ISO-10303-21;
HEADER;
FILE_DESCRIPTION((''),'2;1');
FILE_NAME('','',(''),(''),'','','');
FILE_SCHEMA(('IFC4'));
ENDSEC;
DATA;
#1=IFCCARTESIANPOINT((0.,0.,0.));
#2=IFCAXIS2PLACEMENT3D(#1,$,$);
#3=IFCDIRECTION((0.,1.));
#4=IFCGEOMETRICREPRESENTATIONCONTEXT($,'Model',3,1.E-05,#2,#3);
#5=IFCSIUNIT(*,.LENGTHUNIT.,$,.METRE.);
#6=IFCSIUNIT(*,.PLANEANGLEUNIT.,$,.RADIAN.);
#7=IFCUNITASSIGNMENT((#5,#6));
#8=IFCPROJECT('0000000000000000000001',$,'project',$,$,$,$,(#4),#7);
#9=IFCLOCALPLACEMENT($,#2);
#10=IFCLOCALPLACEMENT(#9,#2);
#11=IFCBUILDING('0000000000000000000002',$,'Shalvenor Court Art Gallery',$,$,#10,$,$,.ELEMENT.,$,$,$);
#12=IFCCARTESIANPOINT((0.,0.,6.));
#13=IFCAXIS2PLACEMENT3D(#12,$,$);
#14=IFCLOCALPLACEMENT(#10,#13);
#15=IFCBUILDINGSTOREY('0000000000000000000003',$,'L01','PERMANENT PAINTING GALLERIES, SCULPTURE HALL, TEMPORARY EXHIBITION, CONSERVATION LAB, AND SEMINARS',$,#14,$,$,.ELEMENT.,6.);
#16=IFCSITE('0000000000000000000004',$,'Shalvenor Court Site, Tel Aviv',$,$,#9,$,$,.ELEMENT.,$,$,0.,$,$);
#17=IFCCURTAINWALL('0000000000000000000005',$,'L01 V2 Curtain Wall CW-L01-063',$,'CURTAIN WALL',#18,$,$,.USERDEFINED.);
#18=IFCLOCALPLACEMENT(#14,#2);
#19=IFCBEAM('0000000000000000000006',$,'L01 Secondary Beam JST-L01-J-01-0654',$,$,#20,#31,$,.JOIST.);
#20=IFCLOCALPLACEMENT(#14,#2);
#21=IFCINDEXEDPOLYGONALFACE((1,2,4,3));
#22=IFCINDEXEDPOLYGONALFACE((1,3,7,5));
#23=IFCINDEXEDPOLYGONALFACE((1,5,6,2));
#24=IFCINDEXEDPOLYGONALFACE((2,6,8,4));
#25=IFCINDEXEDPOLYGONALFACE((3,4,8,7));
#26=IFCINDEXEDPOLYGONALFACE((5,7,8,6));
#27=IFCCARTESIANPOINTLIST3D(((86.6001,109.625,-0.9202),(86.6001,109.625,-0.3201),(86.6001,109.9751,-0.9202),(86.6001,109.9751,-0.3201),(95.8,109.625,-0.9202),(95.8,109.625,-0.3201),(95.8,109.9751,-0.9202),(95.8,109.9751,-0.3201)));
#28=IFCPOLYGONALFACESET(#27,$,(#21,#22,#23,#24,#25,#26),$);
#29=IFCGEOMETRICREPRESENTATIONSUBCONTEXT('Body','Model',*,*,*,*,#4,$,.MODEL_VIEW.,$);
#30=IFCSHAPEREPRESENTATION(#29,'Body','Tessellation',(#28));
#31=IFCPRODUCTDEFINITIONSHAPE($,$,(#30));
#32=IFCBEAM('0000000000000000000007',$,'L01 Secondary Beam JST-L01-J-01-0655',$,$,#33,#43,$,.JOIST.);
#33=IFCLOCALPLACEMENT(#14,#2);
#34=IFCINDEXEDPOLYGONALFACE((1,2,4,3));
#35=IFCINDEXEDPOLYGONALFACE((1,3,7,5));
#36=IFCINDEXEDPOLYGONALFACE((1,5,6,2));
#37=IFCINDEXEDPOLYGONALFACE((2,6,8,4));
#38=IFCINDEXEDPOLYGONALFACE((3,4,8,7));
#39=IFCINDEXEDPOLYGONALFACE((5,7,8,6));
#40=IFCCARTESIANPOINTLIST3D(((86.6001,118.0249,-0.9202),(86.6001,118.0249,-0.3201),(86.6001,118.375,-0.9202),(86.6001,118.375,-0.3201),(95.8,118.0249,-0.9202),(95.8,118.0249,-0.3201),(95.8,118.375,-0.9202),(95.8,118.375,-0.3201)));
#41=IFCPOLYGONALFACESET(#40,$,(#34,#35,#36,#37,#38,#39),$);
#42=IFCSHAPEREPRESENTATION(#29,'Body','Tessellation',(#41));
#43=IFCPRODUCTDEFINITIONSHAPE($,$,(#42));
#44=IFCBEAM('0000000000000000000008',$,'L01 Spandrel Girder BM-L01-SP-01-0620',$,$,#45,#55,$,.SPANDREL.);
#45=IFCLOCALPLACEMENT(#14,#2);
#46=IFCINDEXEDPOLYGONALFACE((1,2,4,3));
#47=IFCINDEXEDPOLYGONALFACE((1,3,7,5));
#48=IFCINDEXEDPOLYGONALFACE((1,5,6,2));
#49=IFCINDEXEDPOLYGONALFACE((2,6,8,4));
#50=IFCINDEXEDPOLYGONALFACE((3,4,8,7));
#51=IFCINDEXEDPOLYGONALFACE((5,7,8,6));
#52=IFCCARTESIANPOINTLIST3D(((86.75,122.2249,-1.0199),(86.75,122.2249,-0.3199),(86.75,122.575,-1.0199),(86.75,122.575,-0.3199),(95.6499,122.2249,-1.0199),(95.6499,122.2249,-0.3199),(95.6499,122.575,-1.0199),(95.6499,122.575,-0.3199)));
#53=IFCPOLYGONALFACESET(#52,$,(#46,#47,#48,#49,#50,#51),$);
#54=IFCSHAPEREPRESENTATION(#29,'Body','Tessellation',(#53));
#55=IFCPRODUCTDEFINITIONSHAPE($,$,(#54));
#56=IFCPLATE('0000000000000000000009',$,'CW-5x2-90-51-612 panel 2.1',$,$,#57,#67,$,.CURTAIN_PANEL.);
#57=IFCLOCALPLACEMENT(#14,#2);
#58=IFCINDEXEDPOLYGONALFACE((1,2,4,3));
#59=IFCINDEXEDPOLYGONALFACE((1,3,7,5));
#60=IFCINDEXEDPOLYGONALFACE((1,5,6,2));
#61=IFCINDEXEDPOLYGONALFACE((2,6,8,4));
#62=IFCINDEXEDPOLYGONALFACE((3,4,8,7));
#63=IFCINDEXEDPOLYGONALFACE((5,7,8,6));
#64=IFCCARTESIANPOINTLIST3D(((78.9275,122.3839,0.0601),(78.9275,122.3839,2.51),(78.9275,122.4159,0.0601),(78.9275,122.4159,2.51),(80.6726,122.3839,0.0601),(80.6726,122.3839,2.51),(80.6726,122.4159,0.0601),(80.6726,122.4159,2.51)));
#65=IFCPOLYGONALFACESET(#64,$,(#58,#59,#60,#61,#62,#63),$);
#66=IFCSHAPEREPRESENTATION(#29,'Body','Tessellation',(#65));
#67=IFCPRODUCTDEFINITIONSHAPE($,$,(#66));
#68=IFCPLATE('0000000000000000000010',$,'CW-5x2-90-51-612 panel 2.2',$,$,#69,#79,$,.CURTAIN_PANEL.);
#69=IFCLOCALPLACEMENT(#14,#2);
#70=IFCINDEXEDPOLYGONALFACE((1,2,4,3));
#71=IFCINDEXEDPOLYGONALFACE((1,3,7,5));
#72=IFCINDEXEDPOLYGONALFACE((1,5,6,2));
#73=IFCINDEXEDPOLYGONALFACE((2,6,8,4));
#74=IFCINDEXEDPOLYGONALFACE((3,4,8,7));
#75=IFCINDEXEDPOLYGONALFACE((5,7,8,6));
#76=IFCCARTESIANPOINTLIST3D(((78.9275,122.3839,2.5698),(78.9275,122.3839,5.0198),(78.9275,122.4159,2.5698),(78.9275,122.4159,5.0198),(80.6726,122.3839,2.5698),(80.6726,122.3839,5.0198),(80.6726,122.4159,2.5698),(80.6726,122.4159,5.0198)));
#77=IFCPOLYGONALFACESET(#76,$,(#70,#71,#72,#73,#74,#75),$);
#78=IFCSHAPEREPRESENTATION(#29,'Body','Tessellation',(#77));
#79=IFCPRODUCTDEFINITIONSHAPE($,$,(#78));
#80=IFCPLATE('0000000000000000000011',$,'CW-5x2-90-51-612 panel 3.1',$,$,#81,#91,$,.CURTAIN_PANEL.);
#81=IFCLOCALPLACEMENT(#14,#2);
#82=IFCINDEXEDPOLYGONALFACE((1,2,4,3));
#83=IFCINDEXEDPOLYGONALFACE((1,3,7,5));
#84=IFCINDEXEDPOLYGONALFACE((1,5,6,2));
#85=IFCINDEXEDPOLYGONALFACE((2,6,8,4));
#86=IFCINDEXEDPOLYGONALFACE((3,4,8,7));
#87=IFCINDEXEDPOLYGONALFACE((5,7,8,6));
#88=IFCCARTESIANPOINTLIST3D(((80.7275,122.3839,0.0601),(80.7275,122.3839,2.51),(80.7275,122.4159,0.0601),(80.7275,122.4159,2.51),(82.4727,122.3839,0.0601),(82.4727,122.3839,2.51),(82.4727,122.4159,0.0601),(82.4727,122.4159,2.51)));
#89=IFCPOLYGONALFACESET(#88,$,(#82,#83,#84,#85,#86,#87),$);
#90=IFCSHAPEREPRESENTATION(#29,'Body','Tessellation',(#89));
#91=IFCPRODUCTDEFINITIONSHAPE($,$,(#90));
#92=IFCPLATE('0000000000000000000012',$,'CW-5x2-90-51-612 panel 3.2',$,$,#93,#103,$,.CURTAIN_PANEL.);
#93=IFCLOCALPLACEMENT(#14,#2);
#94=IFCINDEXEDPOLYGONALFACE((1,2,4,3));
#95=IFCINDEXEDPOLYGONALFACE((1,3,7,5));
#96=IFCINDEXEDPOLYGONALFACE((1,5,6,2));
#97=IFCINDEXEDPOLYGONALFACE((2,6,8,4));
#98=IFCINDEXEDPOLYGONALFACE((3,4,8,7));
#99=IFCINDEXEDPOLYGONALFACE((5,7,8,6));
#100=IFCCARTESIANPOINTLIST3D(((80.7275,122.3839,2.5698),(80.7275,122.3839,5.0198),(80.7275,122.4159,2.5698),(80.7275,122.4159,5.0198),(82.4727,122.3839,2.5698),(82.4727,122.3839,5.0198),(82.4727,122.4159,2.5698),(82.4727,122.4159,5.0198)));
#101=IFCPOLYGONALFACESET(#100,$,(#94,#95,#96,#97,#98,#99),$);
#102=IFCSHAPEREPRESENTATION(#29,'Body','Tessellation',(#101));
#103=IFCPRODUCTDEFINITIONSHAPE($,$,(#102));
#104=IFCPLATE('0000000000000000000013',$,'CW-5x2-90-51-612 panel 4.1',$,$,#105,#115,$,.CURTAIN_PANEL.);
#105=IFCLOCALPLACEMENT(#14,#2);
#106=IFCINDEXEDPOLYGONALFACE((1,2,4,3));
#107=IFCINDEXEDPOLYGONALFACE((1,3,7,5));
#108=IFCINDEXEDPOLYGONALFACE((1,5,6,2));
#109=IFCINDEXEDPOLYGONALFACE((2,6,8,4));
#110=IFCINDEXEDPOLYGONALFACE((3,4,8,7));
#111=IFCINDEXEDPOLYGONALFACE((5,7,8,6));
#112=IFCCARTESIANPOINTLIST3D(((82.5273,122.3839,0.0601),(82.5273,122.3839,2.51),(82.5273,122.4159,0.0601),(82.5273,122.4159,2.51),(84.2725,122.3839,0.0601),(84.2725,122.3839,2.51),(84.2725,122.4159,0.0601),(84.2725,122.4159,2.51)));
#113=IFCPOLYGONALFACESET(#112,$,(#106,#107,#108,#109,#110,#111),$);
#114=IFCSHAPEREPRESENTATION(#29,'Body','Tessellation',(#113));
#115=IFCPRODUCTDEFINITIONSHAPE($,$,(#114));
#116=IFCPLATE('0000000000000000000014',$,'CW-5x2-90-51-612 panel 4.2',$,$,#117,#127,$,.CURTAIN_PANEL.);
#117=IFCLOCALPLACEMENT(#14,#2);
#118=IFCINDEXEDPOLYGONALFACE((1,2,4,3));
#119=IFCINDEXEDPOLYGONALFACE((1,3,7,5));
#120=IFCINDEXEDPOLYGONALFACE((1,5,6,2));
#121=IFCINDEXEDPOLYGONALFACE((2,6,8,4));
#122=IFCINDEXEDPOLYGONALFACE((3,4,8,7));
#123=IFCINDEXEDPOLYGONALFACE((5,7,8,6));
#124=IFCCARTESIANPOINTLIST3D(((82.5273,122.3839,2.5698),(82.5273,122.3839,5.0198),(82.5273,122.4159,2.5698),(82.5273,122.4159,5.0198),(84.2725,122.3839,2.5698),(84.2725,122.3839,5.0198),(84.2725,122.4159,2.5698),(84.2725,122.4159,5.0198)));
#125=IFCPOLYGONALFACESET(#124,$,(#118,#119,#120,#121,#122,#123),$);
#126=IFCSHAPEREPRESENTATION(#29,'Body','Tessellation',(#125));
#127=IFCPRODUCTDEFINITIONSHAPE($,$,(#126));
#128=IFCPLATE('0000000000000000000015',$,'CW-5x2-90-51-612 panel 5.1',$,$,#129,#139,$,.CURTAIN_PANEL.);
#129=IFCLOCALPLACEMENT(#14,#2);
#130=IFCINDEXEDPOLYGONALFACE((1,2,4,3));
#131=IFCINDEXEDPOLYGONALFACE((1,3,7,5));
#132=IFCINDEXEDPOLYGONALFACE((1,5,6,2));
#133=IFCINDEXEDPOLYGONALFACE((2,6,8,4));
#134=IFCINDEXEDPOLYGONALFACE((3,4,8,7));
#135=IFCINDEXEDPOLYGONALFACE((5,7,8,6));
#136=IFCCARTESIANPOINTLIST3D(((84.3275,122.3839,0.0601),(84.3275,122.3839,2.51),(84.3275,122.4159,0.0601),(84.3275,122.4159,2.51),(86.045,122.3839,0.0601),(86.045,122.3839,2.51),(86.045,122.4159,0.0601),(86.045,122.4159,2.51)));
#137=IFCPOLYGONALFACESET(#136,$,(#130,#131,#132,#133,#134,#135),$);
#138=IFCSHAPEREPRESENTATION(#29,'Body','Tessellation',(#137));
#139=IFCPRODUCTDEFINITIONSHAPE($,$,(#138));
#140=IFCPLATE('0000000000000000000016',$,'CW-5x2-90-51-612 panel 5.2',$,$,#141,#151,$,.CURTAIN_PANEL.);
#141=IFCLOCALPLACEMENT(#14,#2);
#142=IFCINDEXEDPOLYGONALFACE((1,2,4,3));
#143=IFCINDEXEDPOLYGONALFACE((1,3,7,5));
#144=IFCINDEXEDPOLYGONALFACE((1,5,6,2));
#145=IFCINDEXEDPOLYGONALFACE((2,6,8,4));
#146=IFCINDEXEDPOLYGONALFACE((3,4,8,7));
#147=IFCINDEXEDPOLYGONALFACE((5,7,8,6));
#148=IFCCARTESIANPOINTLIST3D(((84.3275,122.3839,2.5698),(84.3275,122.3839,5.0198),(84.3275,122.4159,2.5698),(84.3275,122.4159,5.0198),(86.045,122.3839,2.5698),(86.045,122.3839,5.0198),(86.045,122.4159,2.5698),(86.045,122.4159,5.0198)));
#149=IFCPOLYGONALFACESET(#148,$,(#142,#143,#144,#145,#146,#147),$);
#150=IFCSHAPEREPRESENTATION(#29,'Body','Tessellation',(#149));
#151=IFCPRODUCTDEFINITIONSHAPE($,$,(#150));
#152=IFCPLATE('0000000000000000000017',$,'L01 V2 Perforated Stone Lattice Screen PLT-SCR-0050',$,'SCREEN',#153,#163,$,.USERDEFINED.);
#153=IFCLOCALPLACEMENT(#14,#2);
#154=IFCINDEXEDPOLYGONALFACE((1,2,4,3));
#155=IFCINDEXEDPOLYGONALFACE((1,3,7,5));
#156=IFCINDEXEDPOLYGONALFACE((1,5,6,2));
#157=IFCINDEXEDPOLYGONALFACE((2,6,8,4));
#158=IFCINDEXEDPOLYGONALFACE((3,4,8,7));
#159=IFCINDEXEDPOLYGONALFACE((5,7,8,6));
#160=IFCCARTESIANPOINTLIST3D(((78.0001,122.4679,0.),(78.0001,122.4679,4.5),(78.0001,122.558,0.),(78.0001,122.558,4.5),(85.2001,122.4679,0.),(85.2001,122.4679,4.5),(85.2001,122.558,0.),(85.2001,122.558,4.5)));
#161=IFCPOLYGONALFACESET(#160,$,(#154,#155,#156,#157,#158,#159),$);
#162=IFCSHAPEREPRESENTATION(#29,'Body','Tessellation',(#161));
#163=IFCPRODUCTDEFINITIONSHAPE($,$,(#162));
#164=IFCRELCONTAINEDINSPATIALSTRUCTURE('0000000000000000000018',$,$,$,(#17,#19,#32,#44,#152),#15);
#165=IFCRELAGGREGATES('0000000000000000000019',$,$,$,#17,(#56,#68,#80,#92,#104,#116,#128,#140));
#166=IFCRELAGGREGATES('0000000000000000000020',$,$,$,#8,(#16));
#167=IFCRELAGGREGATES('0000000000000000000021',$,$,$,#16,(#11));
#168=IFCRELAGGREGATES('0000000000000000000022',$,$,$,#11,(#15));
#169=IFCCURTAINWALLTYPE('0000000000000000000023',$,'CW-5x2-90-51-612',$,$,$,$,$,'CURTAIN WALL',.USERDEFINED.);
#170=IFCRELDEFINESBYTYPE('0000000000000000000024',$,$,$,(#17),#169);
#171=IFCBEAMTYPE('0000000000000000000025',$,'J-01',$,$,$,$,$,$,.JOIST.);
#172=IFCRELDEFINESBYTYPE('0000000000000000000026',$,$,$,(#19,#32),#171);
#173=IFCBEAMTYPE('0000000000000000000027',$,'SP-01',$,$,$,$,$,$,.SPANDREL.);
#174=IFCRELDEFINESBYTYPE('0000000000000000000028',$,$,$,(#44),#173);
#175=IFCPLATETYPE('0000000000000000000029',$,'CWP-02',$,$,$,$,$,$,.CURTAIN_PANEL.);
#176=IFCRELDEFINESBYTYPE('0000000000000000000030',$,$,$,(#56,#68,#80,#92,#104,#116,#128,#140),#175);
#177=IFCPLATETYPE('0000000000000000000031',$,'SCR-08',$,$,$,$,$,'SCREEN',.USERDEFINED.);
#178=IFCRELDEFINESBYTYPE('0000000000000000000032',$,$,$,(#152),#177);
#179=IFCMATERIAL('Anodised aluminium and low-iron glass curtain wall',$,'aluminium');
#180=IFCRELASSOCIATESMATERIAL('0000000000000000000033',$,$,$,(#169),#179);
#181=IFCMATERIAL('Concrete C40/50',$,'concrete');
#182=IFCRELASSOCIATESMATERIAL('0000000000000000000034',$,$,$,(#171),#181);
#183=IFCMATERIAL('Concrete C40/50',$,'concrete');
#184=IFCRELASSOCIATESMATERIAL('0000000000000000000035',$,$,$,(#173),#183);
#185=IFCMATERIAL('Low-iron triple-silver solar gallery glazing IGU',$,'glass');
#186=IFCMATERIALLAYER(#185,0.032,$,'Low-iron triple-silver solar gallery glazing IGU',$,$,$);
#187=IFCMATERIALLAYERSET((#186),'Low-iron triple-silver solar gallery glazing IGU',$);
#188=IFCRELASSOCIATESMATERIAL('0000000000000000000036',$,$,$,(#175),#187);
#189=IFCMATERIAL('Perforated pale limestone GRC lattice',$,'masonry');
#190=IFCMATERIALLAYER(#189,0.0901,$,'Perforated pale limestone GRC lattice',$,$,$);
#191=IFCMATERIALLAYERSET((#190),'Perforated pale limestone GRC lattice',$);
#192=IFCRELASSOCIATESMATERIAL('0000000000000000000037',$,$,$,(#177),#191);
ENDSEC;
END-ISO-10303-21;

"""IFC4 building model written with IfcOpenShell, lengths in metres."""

from ifc_helpers import new_model, si_unit, direction, frame, origin, origin_2d, place, context, subcontext, project, spatial, rectangle, extrude, material, layer, layer_set, material_profile, profile_set, type_object, element, aggregate, save


model = new_model("IFC4")

# Units and contexts
model_context = context("Model", 3, precision=1e-05, world=origin(), true_north=direction((0.0, 1.0)))
body_context = subcontext(model_context, "Body", "Model", "MODEL_VIEW")
ifc_project = project(units=[si_unit("LENGTHUNIT", "METRE"), si_unit("PLANEANGLEUNIT", "RADIAN")], contexts=[model_context])

# Site, building, storey
site_placement = place(None, origin())
site = spatial("IfcSite", under=ifc_project, at=site_placement, Name="Shalvenor Court Site, Tel Aviv", CompositionType="ELEMENT", RefElevation=0.0)
building_placement = place(site_placement, origin())
building = spatial("IfcBuilding", under=site, at=building_placement, Name="Shalvenor Court Art Gallery", CompositionType="ELEMENT")
storey_placement = place(building_placement, frame((0.0, 0.0, 6.0)))
storey = spatial("IfcBuildingStorey", under=building, at=storey_placement, Name="L01", Description="PERMANENT PAINTING GALLERIES, SCULPTURE HALL, TEMPORARY EXHIBITION, CONSERVATION LAB, AND SEMINARS", CompositionType="ELEMENT", Elevation=6.0)

# Curtain wall
ifc_material_1 = material(Name="Anodised aluminium and low-iron glass curtain wall", Category="aluminium")
curtain_wall_type = type_object("IfcCurtainWallType", Name="CW-5x2-90-51-612", ElementType="CURTAIN WALL", PredefinedType="USERDEFINED", material=ifc_material_1)
curtain_wall_placement = place(storey_placement, origin())
curtain_wall = element("IfcCurtainWall", 1, at=curtain_wall_placement, inside=storey, type_object=curtain_wall_type, Name="L01 V2 Curtain Wall CW-L01-063", ObjectType="CURTAIN WALL", PredefinedType="USERDEFINED")

# Beams
ifc_material_2 = material(Name="Concrete C40/50", Category="concrete")
ifc_material_profile_1 = material_profile(ifc_material_2, rectangle(XDim=0.3501, YDim=0.6001, at=origin_2d()), Name="RC 350x600")
ifc_profile_set_1 = profile_set([ifc_material_profile_1], Name="Concrete C40/50")
beam_type_1 = type_object("IfcBeamType", Name="J-01", PredefinedType="JOIST", material=ifc_profile_set_1)
for number, where, z_axis, x_axis, name in (
    (2, (86.6001, 109.8, -0.6201), (1.0, 0.0, 0.0), (0.0, 1.0, 0.0), "L01 Secondary Beam JST-L01-J-01-0654"),
    (3, (86.6001, 118.2, -0.6201), (1.0, 0.0, 0.0), (0.0, 1.0, 0.0), "L01 Secondary Beam JST-L01-J-01-0655"),
):
    element("IfcBeam", number, at=place(storey_placement, frame(where, z_axis=z_axis, x_axis=x_axis)), inside=storey, type_object=beam_type_1, Name=name, PredefinedType="JOIST", context=body_context, shape_type="SweptSolid", body=[
        extrude(rectangle(XDim=0.3501, YDim=0.6001, at=origin_2d()), origin(), (0.0, 0.0, 1.0), 9.2),
    ])
ifc_material_3 = material(Name="Concrete C40/50", Category="concrete")
ifc_material_profile_2 = material_profile(ifc_material_3, rectangle(XDim=0.3501, YDim=0.7, at=origin_2d()), Name="RC 350x700")
ifc_profile_set_2 = profile_set([ifc_material_profile_2], Name="Concrete C40/50")
beam_type_2 = type_object("IfcBeamType", Name="SP-01", PredefinedType="SPANDREL", material=ifc_profile_set_2)
beam_1_placement = place(storey_placement, frame((86.75, 122.3999, -0.6699), z_axis=(1.0, 0.0, 0.0), x_axis=(0.0, 1.0, 0.0)))
element("IfcBeam", 4, at=beam_1_placement, inside=storey, type_object=beam_type_2, Name="L01 Spandrel Girder BM-L01-SP-01-0620", PredefinedType="SPANDREL", context=body_context, shape_type="SweptSolid", body=[
    extrude(rectangle(XDim=0.3501, YDim=0.7, at=origin_2d()), origin(), (0.0, 0.0, 1.0), 8.8999),
])

# Plates
ifc_material_4 = material(Name="Low-iron triple-silver solar gallery glazing IGU", Category="glass")
ifc_layer_1 = layer(ifc_material_4, 0.032, Name="Low-iron triple-silver solar gallery glazing IGU")
ifc_layer_set_1 = layer_set([ifc_layer_1], Name="Low-iron triple-silver solar gallery glazing IGU")
plate_type_1 = type_object("IfcPlateType", Name="CWP-02", PredefinedType="CURTAIN_PANEL", material=ifc_layer_set_1)
plate_1_placement = place(storey_placement, frame((79.8, 122.3999, 0.0601), z_axis=(0.0, 0.0, 1.0), x_axis=(1.0, 0.0, 0.0)))
plate_1 = element("IfcPlate", 5, at=plate_1_placement, type_object=plate_type_1, Name="CW-5x2-90-51-612 panel 2.1", PredefinedType="CURTAIN_PANEL", context=body_context, shape_type="SweptSolid", body=[
    extrude(rectangle(XDim=1.7451, YDim=0.032, at=origin_2d()), origin(), (0.0, 0.0, 1.0), 2.45),
])
plate_2_placement = place(storey_placement, frame((79.8, 122.3999, 2.5698), z_axis=(0.0, 0.0, 1.0), x_axis=(1.0, 0.0, 0.0)))
plate_2 = element("IfcPlate", 6, at=plate_2_placement, type_object=plate_type_1, Name="CW-5x2-90-51-612 panel 2.2", PredefinedType="CURTAIN_PANEL", context=body_context, shape_type="SweptSolid", body=[
    extrude(rectangle(XDim=1.7451, YDim=0.032, at=origin_2d()), origin(), (0.0, 0.0, 1.0), 2.45),
])
plate_3_placement = place(storey_placement, frame((81.6001, 122.3999, 0.0601), z_axis=(0.0, 0.0, 1.0), x_axis=(1.0, 0.0, 0.0)))
plate_3 = element("IfcPlate", 7, at=plate_3_placement, type_object=plate_type_1, Name="CW-5x2-90-51-612 panel 3.1", PredefinedType="CURTAIN_PANEL", context=body_context, shape_type="SweptSolid", body=[
    extrude(rectangle(XDim=1.7451, YDim=0.032, at=origin_2d()), origin(), (0.0, 0.0, 1.0), 2.45),
])
plate_4_placement = place(storey_placement, frame((81.6001, 122.3999, 2.5698), z_axis=(0.0, 0.0, 1.0), x_axis=(1.0, 0.0, 0.0)))
plate_4 = element("IfcPlate", 8, at=plate_4_placement, type_object=plate_type_1, Name="CW-5x2-90-51-612 panel 3.2", PredefinedType="CURTAIN_PANEL", context=body_context, shape_type="SweptSolid", body=[
    extrude(rectangle(XDim=1.7451, YDim=0.032, at=origin_2d()), origin(), (0.0, 0.0, 1.0), 2.45),
])
plate_5_placement = place(storey_placement, frame((83.3999, 122.3999, 0.0601), z_axis=(0.0, 0.0, 1.0), x_axis=(1.0, 0.0, 0.0)))
plate_5 = element("IfcPlate", 9, at=plate_5_placement, type_object=plate_type_1, Name="CW-5x2-90-51-612 panel 4.1", PredefinedType="CURTAIN_PANEL", context=body_context, shape_type="SweptSolid", body=[
    extrude(rectangle(XDim=1.7451, YDim=0.032, at=origin_2d()), origin(), (0.0, 0.0, 1.0), 2.45),
])
plate_6_placement = place(storey_placement, frame((83.3999, 122.3999, 2.5698), z_axis=(0.0, 0.0, 1.0), x_axis=(1.0, 0.0, 0.0)))
plate_6 = element("IfcPlate", 10, at=plate_6_placement, type_object=plate_type_1, Name="CW-5x2-90-51-612 panel 4.2", PredefinedType="CURTAIN_PANEL", context=body_context, shape_type="SweptSolid", body=[
    extrude(rectangle(XDim=1.7451, YDim=0.032, at=origin_2d()), origin(), (0.0, 0.0, 1.0), 2.45),
])
plate_7_placement = place(storey_placement, frame((85.1863, 122.3999, 0.0601), z_axis=(0.0, 0.0, 1.0), x_axis=(1.0, 0.0, 0.0)))
plate_7 = element("IfcPlate", 11, at=plate_7_placement, type_object=plate_type_1, Name="CW-5x2-90-51-612 panel 5.1", PredefinedType="CURTAIN_PANEL", context=body_context, shape_type="SweptSolid", body=[
    extrude(rectangle(XDim=1.7175, YDim=0.032, at=origin_2d()), origin(), (0.0, 0.0, 1.0), 2.45),
])
plate_8_placement = place(storey_placement, frame((85.1863, 122.3999, 2.5698), z_axis=(0.0, 0.0, 1.0), x_axis=(1.0, 0.0, 0.0)))
plate_8 = element("IfcPlate", 12, at=plate_8_placement, type_object=plate_type_1, Name="CW-5x2-90-51-612 panel 5.2", PredefinedType="CURTAIN_PANEL", context=body_context, shape_type="SweptSolid", body=[
    extrude(rectangle(XDim=1.7175, YDim=0.032, at=origin_2d()), origin(), (0.0, 0.0, 1.0), 2.45),
])
aggregate(curtain_wall, [plate_1, plate_2, plate_3, plate_4, plate_5, plate_6, plate_7, plate_8])
ifc_material_5 = material(Name="Perforated pale limestone GRC lattice", Category="masonry")
ifc_layer_2 = layer(ifc_material_5, 0.0901, Name="Perforated pale limestone GRC lattice")
ifc_layer_set_2 = layer_set([ifc_layer_2], Name="Perforated pale limestone GRC lattice")
plate_type_2 = type_object("IfcPlateType", Name="SCR-08", ElementType="SCREEN", PredefinedType="USERDEFINED", material=ifc_layer_set_2)
plate_9_placement = place(storey_placement, frame((81.6001, 122.5129, 0.0), z_axis=(0.0, 0.0, 1.0), x_axis=(1.0, 0.0, 0.0)))
element("IfcPlate", 13, at=plate_9_placement, inside=storey, type_object=plate_type_2, Name="L01 V2 Perforated Stone Lattice Screen PLT-SCR-0050", ObjectType="SCREEN", PredefinedType="USERDEFINED", context=body_context, shape_type="SweptSolid", body=[
    extrude(rectangle(XDim=7.2, YDim=0.0901, at=origin_2d()), origin(), (0.0, 0.0, 1.0), 4.5),
])

save(model, "model.ifc")
